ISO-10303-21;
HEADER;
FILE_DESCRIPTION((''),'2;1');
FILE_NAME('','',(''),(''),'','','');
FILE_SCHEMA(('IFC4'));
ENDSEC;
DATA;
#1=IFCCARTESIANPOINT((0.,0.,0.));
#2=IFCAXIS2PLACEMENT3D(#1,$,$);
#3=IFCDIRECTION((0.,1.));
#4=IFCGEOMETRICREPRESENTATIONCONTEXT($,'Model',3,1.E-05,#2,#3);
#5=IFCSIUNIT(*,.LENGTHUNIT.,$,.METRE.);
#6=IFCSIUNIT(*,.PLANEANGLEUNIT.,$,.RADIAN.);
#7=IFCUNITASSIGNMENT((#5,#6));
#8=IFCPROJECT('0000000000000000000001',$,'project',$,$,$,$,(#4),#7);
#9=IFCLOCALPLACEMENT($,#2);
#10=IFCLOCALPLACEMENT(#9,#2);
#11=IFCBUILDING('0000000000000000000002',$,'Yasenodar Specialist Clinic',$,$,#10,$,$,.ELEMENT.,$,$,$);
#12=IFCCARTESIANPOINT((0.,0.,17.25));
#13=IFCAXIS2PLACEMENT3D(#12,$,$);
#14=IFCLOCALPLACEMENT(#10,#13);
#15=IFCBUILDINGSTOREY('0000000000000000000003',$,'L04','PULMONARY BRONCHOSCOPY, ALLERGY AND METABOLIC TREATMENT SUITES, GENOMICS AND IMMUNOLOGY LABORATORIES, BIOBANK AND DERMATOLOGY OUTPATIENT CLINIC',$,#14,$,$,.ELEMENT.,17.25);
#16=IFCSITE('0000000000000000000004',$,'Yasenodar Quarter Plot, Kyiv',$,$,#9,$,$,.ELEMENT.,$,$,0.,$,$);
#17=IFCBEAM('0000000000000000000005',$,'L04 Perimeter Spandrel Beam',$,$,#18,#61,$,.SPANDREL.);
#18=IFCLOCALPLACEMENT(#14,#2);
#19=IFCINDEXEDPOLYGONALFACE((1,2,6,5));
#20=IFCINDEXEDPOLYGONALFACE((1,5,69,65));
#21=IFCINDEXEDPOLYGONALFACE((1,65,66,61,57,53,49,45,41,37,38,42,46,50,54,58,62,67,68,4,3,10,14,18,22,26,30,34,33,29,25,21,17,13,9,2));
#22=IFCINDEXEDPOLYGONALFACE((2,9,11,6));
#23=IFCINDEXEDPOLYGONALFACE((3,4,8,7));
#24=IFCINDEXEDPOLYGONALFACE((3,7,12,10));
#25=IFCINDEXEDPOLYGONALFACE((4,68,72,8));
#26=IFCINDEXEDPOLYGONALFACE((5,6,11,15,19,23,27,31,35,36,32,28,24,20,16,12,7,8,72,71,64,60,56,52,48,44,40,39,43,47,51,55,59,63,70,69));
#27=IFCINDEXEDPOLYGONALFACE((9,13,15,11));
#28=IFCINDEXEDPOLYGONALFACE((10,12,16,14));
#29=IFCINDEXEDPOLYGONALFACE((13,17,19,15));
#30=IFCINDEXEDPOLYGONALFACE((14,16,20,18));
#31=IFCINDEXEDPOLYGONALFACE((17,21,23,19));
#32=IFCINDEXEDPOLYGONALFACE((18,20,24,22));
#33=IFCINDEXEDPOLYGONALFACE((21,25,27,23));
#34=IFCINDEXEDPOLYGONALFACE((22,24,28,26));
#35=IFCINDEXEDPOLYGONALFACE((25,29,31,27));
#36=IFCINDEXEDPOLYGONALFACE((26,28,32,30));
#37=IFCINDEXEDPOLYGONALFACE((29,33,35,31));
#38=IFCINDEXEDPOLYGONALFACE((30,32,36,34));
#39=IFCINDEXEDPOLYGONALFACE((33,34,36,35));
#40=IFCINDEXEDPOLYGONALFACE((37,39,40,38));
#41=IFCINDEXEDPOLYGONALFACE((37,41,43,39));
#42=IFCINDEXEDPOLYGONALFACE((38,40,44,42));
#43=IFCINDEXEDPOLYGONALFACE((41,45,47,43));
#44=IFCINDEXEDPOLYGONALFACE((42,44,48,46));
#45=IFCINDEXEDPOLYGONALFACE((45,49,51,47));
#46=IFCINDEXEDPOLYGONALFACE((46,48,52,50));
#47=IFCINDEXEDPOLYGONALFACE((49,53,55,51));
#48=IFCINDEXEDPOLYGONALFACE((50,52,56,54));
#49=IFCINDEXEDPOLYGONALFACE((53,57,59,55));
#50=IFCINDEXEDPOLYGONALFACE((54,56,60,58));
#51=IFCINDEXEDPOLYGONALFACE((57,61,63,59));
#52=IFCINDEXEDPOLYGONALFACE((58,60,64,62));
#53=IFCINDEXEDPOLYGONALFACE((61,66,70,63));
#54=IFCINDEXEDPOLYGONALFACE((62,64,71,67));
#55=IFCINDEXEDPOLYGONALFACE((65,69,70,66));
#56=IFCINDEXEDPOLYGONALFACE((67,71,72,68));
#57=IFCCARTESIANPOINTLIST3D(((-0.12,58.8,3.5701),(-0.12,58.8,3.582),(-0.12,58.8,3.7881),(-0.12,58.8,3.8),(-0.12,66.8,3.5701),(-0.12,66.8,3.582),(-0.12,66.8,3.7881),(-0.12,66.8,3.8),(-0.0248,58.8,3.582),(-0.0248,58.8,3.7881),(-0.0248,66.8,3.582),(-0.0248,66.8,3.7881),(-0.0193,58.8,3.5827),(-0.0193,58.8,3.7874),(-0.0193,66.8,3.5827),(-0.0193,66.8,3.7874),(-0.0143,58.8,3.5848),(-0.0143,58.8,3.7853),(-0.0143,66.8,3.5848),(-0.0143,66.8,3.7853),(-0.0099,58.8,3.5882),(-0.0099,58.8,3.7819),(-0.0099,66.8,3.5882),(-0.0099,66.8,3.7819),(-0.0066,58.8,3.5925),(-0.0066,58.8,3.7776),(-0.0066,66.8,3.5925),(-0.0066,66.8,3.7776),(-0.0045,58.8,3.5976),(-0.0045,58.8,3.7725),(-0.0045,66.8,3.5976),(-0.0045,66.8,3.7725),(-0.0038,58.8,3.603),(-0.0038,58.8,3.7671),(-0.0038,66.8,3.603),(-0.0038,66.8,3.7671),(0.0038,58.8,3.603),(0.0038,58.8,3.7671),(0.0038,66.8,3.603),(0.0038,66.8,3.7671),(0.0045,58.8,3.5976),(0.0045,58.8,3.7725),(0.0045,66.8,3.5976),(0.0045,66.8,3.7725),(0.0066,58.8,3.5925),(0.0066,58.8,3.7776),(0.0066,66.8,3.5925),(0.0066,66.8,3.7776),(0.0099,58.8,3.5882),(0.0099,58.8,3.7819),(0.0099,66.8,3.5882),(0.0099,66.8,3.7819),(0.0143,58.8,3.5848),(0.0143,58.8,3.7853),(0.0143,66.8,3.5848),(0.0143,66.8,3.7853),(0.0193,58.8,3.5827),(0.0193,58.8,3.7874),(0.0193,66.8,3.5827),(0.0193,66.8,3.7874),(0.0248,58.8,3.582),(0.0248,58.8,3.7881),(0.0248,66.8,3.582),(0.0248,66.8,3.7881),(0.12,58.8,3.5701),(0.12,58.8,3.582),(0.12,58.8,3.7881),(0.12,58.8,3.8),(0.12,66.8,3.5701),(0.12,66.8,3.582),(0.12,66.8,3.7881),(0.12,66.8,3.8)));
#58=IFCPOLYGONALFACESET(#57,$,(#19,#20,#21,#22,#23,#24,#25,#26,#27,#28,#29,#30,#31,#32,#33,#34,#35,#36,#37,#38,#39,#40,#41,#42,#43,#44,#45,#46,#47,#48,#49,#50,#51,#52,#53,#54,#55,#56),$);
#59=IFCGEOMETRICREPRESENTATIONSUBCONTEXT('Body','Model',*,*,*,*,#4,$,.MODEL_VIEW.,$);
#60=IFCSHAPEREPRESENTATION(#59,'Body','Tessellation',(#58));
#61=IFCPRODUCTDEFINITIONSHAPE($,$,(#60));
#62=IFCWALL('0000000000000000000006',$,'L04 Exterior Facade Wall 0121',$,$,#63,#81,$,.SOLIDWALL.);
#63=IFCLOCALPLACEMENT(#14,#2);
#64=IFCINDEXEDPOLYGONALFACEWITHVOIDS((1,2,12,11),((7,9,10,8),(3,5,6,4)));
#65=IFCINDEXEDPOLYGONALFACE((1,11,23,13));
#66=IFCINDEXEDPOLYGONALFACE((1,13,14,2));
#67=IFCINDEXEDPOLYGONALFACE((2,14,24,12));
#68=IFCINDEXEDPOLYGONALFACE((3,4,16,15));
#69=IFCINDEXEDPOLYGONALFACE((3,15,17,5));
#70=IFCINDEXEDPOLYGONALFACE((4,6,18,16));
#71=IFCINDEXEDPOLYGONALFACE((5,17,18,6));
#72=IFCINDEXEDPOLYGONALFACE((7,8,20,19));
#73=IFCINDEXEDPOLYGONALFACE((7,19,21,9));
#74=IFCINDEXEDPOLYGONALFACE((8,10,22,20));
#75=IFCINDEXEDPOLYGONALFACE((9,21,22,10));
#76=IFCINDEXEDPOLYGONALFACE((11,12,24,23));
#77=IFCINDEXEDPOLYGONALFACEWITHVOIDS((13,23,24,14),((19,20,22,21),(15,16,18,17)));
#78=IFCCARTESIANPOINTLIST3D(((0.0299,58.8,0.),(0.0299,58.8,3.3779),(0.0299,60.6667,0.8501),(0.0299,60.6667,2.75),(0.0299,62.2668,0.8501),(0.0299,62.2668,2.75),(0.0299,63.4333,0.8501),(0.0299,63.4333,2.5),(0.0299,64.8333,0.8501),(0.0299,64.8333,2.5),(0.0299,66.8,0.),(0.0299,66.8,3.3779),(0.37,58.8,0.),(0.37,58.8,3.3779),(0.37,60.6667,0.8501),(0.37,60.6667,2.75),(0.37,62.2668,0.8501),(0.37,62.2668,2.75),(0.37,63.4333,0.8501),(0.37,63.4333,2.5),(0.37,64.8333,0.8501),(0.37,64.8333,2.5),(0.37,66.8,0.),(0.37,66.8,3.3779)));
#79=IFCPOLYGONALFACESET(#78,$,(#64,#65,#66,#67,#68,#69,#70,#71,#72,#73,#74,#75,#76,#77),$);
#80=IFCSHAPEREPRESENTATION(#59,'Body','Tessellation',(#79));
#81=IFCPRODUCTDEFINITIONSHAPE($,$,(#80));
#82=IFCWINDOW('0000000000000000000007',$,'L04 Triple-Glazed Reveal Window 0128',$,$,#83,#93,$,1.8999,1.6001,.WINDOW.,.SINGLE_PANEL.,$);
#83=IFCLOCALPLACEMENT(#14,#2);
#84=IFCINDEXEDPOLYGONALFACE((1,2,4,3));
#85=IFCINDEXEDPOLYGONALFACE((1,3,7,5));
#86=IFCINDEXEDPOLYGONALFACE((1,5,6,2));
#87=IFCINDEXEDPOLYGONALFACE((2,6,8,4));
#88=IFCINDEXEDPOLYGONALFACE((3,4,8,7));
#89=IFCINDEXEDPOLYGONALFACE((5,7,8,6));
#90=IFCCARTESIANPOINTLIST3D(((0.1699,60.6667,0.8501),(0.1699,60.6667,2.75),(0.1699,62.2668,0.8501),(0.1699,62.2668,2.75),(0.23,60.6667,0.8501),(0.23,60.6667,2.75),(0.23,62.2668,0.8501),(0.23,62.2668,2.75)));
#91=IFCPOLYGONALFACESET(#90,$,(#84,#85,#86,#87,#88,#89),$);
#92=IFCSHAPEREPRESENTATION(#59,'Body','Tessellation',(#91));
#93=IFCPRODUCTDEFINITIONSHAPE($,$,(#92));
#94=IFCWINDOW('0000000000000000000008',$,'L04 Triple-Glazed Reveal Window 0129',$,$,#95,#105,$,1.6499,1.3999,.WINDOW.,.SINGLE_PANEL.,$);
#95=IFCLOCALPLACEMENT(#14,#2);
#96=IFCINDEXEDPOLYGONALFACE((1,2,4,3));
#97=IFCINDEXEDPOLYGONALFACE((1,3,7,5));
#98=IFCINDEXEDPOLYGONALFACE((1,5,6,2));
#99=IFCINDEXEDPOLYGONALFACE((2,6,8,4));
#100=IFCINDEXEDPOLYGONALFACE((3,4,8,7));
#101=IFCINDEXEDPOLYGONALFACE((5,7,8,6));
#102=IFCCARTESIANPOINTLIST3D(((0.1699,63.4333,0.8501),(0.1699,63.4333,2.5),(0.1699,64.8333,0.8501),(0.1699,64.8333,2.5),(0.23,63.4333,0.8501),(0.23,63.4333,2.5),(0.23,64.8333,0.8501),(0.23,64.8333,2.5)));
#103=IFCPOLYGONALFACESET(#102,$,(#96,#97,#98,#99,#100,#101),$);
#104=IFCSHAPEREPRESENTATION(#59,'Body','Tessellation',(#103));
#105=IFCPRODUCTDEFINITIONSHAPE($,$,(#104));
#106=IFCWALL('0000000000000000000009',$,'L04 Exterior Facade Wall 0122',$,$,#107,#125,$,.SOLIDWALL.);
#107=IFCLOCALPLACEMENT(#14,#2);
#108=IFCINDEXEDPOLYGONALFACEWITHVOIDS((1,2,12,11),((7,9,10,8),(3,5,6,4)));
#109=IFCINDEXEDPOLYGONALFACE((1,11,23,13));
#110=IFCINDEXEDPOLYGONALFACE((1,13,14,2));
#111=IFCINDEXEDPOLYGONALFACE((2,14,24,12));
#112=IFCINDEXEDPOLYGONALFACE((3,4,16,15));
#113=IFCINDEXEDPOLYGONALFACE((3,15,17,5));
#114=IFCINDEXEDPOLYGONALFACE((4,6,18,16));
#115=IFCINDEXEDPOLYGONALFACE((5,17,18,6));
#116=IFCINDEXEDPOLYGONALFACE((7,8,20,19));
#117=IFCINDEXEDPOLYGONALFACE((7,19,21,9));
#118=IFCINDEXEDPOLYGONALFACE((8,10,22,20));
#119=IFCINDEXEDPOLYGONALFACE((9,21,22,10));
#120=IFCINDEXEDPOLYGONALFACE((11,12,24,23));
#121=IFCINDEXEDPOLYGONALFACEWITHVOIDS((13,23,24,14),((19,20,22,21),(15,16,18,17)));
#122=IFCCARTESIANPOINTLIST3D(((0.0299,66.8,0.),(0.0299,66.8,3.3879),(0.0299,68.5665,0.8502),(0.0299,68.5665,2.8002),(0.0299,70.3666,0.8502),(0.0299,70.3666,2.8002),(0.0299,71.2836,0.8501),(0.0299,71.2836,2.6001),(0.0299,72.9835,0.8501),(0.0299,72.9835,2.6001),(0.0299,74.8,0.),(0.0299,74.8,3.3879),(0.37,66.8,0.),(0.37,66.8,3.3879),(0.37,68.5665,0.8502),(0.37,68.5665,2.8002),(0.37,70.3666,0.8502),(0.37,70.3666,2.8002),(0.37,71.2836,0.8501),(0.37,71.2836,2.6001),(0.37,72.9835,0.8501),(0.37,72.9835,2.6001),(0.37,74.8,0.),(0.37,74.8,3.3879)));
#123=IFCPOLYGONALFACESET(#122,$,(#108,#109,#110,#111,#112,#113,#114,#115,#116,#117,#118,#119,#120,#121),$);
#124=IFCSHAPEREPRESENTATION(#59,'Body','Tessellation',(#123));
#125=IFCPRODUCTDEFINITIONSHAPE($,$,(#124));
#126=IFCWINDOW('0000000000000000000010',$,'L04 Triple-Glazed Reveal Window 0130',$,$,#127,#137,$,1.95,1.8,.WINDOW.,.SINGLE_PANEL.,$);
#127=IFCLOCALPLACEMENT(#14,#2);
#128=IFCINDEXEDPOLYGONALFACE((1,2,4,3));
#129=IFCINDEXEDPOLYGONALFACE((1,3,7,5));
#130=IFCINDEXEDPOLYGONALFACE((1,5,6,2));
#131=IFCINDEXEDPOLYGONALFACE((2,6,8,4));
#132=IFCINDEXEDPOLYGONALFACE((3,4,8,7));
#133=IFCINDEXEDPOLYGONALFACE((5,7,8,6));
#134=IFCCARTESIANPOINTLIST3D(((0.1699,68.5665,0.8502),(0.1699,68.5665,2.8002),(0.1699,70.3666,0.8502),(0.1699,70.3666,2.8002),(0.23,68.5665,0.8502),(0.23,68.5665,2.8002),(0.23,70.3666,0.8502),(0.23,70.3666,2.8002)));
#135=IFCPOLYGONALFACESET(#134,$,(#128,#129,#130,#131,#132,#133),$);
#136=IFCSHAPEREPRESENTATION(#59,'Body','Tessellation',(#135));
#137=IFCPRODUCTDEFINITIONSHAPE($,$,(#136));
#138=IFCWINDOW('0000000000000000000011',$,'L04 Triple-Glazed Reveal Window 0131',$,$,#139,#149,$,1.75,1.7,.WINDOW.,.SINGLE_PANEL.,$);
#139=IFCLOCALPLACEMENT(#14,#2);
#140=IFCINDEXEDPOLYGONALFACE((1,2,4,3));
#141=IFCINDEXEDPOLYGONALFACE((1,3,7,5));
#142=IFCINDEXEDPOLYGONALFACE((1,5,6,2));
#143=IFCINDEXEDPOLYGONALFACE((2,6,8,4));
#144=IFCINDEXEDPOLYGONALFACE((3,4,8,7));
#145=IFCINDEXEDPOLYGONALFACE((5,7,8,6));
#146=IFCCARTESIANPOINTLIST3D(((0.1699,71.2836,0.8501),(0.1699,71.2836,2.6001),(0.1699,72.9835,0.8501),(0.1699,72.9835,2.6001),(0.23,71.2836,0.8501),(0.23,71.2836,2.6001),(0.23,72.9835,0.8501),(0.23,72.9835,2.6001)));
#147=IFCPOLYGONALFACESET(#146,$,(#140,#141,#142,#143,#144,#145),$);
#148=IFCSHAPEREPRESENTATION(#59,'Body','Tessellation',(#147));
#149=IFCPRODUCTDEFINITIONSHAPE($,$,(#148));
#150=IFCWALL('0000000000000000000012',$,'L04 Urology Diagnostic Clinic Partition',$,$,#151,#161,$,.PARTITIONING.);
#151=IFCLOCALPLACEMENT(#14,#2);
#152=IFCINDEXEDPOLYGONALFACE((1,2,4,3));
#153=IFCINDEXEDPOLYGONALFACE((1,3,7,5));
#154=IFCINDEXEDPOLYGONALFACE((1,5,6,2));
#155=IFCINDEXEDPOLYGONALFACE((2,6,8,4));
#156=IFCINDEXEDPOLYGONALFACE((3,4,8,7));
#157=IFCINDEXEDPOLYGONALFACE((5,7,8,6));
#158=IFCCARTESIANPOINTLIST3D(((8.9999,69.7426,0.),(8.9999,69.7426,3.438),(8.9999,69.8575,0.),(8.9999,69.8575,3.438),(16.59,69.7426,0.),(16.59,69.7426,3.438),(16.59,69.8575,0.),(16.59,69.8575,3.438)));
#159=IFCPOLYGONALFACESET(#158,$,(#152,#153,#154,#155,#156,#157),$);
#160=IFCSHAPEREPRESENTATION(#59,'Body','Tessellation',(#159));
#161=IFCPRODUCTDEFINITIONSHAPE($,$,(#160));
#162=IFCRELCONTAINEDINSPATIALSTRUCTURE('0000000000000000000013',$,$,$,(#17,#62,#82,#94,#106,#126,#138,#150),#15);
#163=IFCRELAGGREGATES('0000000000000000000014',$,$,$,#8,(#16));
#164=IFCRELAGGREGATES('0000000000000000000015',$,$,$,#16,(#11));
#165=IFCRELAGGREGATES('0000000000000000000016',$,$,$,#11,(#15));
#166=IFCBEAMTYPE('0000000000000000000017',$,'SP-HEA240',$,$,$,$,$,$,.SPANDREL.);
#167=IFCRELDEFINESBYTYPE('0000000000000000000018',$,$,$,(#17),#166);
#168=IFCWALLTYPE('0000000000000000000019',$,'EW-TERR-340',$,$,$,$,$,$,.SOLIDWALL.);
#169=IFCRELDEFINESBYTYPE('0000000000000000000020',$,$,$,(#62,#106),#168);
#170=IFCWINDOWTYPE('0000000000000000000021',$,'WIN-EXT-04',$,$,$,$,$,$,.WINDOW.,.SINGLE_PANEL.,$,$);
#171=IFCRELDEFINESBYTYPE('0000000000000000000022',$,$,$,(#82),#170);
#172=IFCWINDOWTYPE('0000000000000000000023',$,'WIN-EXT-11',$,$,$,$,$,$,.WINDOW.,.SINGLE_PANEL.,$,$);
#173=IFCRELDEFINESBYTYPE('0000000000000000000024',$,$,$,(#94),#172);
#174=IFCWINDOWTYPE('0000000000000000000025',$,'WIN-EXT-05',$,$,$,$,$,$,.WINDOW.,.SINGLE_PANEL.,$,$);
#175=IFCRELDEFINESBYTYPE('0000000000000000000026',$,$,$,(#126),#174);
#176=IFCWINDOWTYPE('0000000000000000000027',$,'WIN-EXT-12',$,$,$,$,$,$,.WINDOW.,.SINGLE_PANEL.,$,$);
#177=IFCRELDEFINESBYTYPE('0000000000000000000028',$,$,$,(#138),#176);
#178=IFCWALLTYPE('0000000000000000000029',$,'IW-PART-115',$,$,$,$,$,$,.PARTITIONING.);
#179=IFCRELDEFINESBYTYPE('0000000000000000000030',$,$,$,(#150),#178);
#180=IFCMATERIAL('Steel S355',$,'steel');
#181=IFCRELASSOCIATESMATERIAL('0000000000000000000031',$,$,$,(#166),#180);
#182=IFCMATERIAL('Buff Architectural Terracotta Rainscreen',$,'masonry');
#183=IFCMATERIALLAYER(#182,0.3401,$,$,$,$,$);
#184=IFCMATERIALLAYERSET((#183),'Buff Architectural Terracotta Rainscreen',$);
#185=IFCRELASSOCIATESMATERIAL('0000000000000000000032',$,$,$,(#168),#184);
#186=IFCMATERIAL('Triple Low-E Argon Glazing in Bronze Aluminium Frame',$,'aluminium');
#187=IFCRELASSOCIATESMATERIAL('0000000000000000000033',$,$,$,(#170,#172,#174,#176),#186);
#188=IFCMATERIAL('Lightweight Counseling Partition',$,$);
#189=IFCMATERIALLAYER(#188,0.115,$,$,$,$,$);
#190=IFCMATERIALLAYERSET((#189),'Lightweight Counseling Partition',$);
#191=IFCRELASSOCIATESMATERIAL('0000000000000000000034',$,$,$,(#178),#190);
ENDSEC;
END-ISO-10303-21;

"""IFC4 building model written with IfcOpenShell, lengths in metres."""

from ifc_helpers import new_model, si_unit, direction, frame, frame_2d, origin, origin_2d, place, context, subcontext, project, spatial, rectangle, i_section, extrude, material, layer, layer_set, material_profile, profile_set, type_object, element, fill, save


model = new_model("IFC4")

# Units and contexts
model_context = context("Model", 3, precision=1e-05, world=origin(), true_north=direction((0.0, 1.0)))
body_context = subcontext(model_context, "Body", "Model", "MODEL_VIEW")
ifc_project = project(units=[si_unit("LENGTHUNIT", "METRE"), si_unit("PLANEANGLEUNIT", "RADIAN")], contexts=[model_context])

# Site, building, storey
site_placement = place(None, origin())
site = spatial("IfcSite", under=ifc_project, at=site_placement, Name="Yasenodar Quarter Plot, Kyiv", CompositionType="ELEMENT", RefElevation=0.0)
building_placement = place(site_placement, origin())
building = spatial("IfcBuilding", under=site, at=building_placement, Name="Yasenodar Specialist Clinic", CompositionType="ELEMENT")
storey_placement = place(building_placement, frame((0.0, 0.0, 17.25)))
storey = spatial("IfcBuildingStorey", under=building, at=storey_placement, Name="L04", Description="PULMONARY BRONCHOSCOPY, ALLERGY AND METABOLIC TREATMENT SUITES, GENOMICS AND IMMUNOLOGY LABORATORIES, BIOBANK AND DERMATOLOGY OUTPATIENT CLINIC", CompositionType="ELEMENT", Elevation=17.25)

# Shared definitions
ifc_material_1 = material(Name="Steel S355", Category="steel")

# Beam
ifc_material_profile_1 = material_profile(ifc_material_1, i_section(OverallWidth=0.24, OverallDepth=0.23, WebThickness=0.0076, FlangeThickness=0.012, FilletRadius=0.021, at=origin_2d()), Name="HEA 240")
ifc_profile_set_1 = profile_set([ifc_material_profile_1], Name="Steel S355")
beam_type_1 = type_object("IfcBeamType", Name="SP-HEA240", PredefinedType="SPANDREL", material=ifc_profile_set_1)
beam_1_placement = place(storey_placement, frame((0.0, 58.8, 3.6851), z_axis=(0.0, 1.0, 0.0), x_axis=(-1.0, 0.0, 0.0)))
element("IfcBeam", 1, at=beam_1_placement, inside=storey, type_object=beam_type_1, Name="L04 Perimeter Spandrel Beam", PredefinedType="SPANDREL", context=body_context, shape_type="SweptSolid", body=[
    extrude(i_section(OverallWidth=0.24, OverallDepth=0.23, WebThickness=0.0076, FlangeThickness=0.012, FilletRadius=0.021, at=origin_2d()), origin(), (0.0, 0.0, 1.0), 8.0),
])

# Walls, openings, windows
ifc_material_2 = material(Name="Buff Architectural Terracotta Rainscreen", Category="masonry")
ifc_layer_1 = layer(ifc_material_2, 0.3401)
ifc_layer_set_1 = layer_set([ifc_layer_1], Name="Buff Architectural Terracotta Rainscreen")
wall_type_1 = type_object("IfcWallType", Name="EW-TERR-340", PredefinedType="SOLIDWALL", material=ifc_layer_set_1)
wall_1_placement = place(storey_placement, frame((0.2, 58.8, 0.0), z_axis=(0.0, 0.0, 1.0), x_axis=(0.0, 1.0, 0.0)))
wall_1 = element("IfcWall", 2, at=wall_1_placement, inside=storey, type_object=wall_type_1, Name="L04 Exterior Facade Wall 0121", PredefinedType="SOLIDWALL", context=body_context, shape_type="SweptSolid", body=[
    extrude(rectangle(XDim=8.0, YDim=0.3401, at=frame_2d((4.0, 0.0))), origin(), (0.0, 0.0, 1.0), 3.3779),
])
opening_1_placement = place(wall_1_placement, frame((1.8667, 0.0, 0.8501)))
opening_1 = element("IfcOpeningElement", 3, at=opening_1_placement, cuts=wall_1, PredefinedType="OPENING", context=body_context, shape_type="SweptSolid", body=[
    extrude(rectangle(XDim=1.6001, YDim=1.8999, at=frame_2d((0.8, 0.95))), frame((0.0, 0.1802, 0.0), z_axis=(0.0, -1.0, 0.0), x_axis=(1.0, 0.0, 0.0)), (0.0, 0.0, 1.0), 0.3601),
])
opening_2_placement = place(wall_1_placement, frame((4.6333, 0.0, 0.8501)))
opening_2 = element("IfcOpeningElement", 4, at=opening_2_placement, cuts=wall_1, PredefinedType="OPENING", context=body_context, shape_type="SweptSolid", body=[
    extrude(rectangle(XDim=1.3999, YDim=1.6499, at=frame_2d((0.7, 0.825))), frame((0.0, 0.1802, 0.0), z_axis=(0.0, -1.0, 0.0), x_axis=(1.0, 0.0, 0.0)), (0.0, 0.0, 1.0), 0.3601),
])
ifc_material_3 = material(Name="Triple Low-E Argon Glazing in Bronze Aluminium Frame", Category="aluminium")
window_type_1 = type_object("IfcWindowType", Name="WIN-EXT-04", PartitioningType="SINGLE_PANEL", PredefinedType="WINDOW", material=ifc_material_3)
window_1_placement = place(opening_1_placement, origin())
window_1 = element("IfcWindow", 5, at=window_1_placement, inside=storey, type_object=window_type_1, Name="L04 Triple-Glazed Reveal Window 0128", OverallHeight=1.8999, OverallWidth=1.6001, PartitioningType="SINGLE_PANEL", PredefinedType="WINDOW", context=body_context, shape_type="SweptSolid", body=[
    extrude(rectangle(XDim=1.6001, YDim=1.8999, at=frame_2d((0.8, 0.95))), frame((0.0, 0.03, 0.0), z_axis=(0.0, -1.0, 0.0), x_axis=(1.0, 0.0, 0.0)), (0.0, 0.0, 1.0), 0.0601),
])
fill(opening_1, window_1)
window_type_2 = type_object("IfcWindowType", Name="WIN-EXT-11", PartitioningType="SINGLE_PANEL", PredefinedType="WINDOW", material=ifc_material_3)
window_2_placement = place(opening_2_placement, origin())
window_2 = element("IfcWindow", 6, at=window_2_placement, inside=storey, type_object=window_type_2, Name="L04 Triple-Glazed Reveal Window 0129", OverallHeight=1.6499, OverallWidth=1.3999, PartitioningType="SINGLE_PANEL", PredefinedType="WINDOW", context=body_context, shape_type="SweptSolid", body=[
    extrude(rectangle(XDim=1.3999, YDim=1.6499, at=frame_2d((0.7, 0.825))), frame((0.0, 0.03, 0.0), z_axis=(0.0, -1.0, 0.0), x_axis=(1.0, 0.0, 0.0)), (0.0, 0.0, 1.0), 0.0601),
])
fill(opening_2, window_2)
wall_2_placement = place(storey_placement, frame((0.2, 66.8, 0.0), z_axis=(0.0, 0.0, 1.0), x_axis=(0.0, 1.0, 0.0)))
wall_2 = element("IfcWall", 7, at=wall_2_placement, inside=storey, type_object=wall_type_1, Name="L04 Exterior Facade Wall 0122", PredefinedType="SOLIDWALL", context=body_context, shape_type="SweptSolid", body=[
    extrude(rectangle(XDim=8.0, YDim=0.3401, at=frame_2d((4.0, 0.0))), origin(), (0.0, 0.0, 1.0), 3.3879),
])
opening_3_placement = place(wall_2_placement, frame((1.7666, 0.0, 0.8501)))
opening_3 = element("IfcOpeningElement", 8, at=opening_3_placement, cuts=wall_2, PredefinedType="OPENING", context=body_context, shape_type="SweptSolid", body=[
    extrude(rectangle(XDim=1.8, YDim=1.95, at=frame_2d((0.8999, 0.9751))), frame((0.0, 0.1802, 0.0), z_axis=(0.0, -1.0, 0.0), x_axis=(1.0, 0.0, 0.0)), (0.0, 0.0, 1.0), 0.3601),
])
opening_4_placement = place(wall_2_placement, frame((4.4834, 0.0, 0.8501)))
opening_4 = element("IfcOpeningElement", 9, at=opening_4_placement, cuts=wall_2, PredefinedType="OPENING", context=body_context, shape_type="SweptSolid", body=[
    extrude(rectangle(XDim=1.7, YDim=1.75, at=frame_2d((0.8501, 0.875))), frame((0.0, 0.1802, 0.0), z_axis=(0.0, -1.0, 0.0), x_axis=(1.0, 0.0, 0.0)), (0.0, 0.0, 1.0), 0.3601),
])
window_type_3 = type_object("IfcWindowType", Name="WIN-EXT-05", PartitioningType="SINGLE_PANEL", PredefinedType="WINDOW", material=ifc_material_3)
window_3_placement = place(opening_3_placement, origin())
window_3 = element("IfcWindow", 10, at=window_3_placement, inside=storey, type_object=window_type_3, Name="L04 Triple-Glazed Reveal Window 0130", OverallHeight=1.95, OverallWidth=1.8, PartitioningType="SINGLE_PANEL", PredefinedType="WINDOW", context=body_context, shape_type="SweptSolid", body=[
    extrude(rectangle(XDim=1.8, YDim=1.95, at=frame_2d((0.8999, 0.9751))), frame((0.0, 0.03, 0.0), z_axis=(0.0, -1.0, 0.0), x_axis=(1.0, 0.0, 0.0)), (0.0, 0.0, 1.0), 0.0601),
])
fill(opening_3, window_3)
window_type_4 = type_object("IfcWindowType", Name="WIN-EXT-12", PartitioningType="SINGLE_PANEL", PredefinedType="WINDOW", material=ifc_material_3)
window_4_placement = place(opening_4_placement, origin())
window_4 = element("IfcWindow", 11, at=window_4_placement, inside=storey, type_object=window_type_4, Name="L04 Triple-Glazed Reveal Window 0131", OverallHeight=1.75, OverallWidth=1.7, PartitioningType="SINGLE_PANEL", PredefinedType="WINDOW", context=body_context, shape_type="SweptSolid", body=[
    extrude(rectangle(XDim=1.7, YDim=1.75, at=frame_2d((0.8501, 0.875))), frame((0.0, 0.03, 0.0), z_axis=(0.0, -1.0, 0.0), x_axis=(1.0, 0.0, 0.0)), (0.0, 0.0, 1.0), 0.0601),
])
fill(opening_4, window_4)

# Wall
ifc_material_4 = material(Name="Lightweight Counseling Partition")
ifc_layer_2 = layer(ifc_material_4, 0.115)
ifc_layer_set_2 = layer_set([ifc_layer_2], Name="Lightweight Counseling Partition")
wall_type_2 = type_object("IfcWallType", Name="IW-PART-115", PredefinedType="PARTITIONING", material=ifc_layer_set_2)
wall_3_placement = place(storey_placement, frame((9.0, 69.8, 0.0), z_axis=(0.0, 0.0, 1.0), x_axis=(1.0, 0.0, 0.0)))
element("IfcWall", 12, at=wall_3_placement, inside=storey, type_object=wall_type_2, Name="L04 Urology Diagnostic Clinic Partition", PredefinedType="PARTITIONING", context=body_context, shape_type="SweptSolid", body=[
    extrude(rectangle(XDim=7.5901, YDim=0.115, at=frame_2d((3.7949, 0.0))), origin(), (0.0, 0.0, 1.0), 3.438),
])

save(model, "model.ifc")
